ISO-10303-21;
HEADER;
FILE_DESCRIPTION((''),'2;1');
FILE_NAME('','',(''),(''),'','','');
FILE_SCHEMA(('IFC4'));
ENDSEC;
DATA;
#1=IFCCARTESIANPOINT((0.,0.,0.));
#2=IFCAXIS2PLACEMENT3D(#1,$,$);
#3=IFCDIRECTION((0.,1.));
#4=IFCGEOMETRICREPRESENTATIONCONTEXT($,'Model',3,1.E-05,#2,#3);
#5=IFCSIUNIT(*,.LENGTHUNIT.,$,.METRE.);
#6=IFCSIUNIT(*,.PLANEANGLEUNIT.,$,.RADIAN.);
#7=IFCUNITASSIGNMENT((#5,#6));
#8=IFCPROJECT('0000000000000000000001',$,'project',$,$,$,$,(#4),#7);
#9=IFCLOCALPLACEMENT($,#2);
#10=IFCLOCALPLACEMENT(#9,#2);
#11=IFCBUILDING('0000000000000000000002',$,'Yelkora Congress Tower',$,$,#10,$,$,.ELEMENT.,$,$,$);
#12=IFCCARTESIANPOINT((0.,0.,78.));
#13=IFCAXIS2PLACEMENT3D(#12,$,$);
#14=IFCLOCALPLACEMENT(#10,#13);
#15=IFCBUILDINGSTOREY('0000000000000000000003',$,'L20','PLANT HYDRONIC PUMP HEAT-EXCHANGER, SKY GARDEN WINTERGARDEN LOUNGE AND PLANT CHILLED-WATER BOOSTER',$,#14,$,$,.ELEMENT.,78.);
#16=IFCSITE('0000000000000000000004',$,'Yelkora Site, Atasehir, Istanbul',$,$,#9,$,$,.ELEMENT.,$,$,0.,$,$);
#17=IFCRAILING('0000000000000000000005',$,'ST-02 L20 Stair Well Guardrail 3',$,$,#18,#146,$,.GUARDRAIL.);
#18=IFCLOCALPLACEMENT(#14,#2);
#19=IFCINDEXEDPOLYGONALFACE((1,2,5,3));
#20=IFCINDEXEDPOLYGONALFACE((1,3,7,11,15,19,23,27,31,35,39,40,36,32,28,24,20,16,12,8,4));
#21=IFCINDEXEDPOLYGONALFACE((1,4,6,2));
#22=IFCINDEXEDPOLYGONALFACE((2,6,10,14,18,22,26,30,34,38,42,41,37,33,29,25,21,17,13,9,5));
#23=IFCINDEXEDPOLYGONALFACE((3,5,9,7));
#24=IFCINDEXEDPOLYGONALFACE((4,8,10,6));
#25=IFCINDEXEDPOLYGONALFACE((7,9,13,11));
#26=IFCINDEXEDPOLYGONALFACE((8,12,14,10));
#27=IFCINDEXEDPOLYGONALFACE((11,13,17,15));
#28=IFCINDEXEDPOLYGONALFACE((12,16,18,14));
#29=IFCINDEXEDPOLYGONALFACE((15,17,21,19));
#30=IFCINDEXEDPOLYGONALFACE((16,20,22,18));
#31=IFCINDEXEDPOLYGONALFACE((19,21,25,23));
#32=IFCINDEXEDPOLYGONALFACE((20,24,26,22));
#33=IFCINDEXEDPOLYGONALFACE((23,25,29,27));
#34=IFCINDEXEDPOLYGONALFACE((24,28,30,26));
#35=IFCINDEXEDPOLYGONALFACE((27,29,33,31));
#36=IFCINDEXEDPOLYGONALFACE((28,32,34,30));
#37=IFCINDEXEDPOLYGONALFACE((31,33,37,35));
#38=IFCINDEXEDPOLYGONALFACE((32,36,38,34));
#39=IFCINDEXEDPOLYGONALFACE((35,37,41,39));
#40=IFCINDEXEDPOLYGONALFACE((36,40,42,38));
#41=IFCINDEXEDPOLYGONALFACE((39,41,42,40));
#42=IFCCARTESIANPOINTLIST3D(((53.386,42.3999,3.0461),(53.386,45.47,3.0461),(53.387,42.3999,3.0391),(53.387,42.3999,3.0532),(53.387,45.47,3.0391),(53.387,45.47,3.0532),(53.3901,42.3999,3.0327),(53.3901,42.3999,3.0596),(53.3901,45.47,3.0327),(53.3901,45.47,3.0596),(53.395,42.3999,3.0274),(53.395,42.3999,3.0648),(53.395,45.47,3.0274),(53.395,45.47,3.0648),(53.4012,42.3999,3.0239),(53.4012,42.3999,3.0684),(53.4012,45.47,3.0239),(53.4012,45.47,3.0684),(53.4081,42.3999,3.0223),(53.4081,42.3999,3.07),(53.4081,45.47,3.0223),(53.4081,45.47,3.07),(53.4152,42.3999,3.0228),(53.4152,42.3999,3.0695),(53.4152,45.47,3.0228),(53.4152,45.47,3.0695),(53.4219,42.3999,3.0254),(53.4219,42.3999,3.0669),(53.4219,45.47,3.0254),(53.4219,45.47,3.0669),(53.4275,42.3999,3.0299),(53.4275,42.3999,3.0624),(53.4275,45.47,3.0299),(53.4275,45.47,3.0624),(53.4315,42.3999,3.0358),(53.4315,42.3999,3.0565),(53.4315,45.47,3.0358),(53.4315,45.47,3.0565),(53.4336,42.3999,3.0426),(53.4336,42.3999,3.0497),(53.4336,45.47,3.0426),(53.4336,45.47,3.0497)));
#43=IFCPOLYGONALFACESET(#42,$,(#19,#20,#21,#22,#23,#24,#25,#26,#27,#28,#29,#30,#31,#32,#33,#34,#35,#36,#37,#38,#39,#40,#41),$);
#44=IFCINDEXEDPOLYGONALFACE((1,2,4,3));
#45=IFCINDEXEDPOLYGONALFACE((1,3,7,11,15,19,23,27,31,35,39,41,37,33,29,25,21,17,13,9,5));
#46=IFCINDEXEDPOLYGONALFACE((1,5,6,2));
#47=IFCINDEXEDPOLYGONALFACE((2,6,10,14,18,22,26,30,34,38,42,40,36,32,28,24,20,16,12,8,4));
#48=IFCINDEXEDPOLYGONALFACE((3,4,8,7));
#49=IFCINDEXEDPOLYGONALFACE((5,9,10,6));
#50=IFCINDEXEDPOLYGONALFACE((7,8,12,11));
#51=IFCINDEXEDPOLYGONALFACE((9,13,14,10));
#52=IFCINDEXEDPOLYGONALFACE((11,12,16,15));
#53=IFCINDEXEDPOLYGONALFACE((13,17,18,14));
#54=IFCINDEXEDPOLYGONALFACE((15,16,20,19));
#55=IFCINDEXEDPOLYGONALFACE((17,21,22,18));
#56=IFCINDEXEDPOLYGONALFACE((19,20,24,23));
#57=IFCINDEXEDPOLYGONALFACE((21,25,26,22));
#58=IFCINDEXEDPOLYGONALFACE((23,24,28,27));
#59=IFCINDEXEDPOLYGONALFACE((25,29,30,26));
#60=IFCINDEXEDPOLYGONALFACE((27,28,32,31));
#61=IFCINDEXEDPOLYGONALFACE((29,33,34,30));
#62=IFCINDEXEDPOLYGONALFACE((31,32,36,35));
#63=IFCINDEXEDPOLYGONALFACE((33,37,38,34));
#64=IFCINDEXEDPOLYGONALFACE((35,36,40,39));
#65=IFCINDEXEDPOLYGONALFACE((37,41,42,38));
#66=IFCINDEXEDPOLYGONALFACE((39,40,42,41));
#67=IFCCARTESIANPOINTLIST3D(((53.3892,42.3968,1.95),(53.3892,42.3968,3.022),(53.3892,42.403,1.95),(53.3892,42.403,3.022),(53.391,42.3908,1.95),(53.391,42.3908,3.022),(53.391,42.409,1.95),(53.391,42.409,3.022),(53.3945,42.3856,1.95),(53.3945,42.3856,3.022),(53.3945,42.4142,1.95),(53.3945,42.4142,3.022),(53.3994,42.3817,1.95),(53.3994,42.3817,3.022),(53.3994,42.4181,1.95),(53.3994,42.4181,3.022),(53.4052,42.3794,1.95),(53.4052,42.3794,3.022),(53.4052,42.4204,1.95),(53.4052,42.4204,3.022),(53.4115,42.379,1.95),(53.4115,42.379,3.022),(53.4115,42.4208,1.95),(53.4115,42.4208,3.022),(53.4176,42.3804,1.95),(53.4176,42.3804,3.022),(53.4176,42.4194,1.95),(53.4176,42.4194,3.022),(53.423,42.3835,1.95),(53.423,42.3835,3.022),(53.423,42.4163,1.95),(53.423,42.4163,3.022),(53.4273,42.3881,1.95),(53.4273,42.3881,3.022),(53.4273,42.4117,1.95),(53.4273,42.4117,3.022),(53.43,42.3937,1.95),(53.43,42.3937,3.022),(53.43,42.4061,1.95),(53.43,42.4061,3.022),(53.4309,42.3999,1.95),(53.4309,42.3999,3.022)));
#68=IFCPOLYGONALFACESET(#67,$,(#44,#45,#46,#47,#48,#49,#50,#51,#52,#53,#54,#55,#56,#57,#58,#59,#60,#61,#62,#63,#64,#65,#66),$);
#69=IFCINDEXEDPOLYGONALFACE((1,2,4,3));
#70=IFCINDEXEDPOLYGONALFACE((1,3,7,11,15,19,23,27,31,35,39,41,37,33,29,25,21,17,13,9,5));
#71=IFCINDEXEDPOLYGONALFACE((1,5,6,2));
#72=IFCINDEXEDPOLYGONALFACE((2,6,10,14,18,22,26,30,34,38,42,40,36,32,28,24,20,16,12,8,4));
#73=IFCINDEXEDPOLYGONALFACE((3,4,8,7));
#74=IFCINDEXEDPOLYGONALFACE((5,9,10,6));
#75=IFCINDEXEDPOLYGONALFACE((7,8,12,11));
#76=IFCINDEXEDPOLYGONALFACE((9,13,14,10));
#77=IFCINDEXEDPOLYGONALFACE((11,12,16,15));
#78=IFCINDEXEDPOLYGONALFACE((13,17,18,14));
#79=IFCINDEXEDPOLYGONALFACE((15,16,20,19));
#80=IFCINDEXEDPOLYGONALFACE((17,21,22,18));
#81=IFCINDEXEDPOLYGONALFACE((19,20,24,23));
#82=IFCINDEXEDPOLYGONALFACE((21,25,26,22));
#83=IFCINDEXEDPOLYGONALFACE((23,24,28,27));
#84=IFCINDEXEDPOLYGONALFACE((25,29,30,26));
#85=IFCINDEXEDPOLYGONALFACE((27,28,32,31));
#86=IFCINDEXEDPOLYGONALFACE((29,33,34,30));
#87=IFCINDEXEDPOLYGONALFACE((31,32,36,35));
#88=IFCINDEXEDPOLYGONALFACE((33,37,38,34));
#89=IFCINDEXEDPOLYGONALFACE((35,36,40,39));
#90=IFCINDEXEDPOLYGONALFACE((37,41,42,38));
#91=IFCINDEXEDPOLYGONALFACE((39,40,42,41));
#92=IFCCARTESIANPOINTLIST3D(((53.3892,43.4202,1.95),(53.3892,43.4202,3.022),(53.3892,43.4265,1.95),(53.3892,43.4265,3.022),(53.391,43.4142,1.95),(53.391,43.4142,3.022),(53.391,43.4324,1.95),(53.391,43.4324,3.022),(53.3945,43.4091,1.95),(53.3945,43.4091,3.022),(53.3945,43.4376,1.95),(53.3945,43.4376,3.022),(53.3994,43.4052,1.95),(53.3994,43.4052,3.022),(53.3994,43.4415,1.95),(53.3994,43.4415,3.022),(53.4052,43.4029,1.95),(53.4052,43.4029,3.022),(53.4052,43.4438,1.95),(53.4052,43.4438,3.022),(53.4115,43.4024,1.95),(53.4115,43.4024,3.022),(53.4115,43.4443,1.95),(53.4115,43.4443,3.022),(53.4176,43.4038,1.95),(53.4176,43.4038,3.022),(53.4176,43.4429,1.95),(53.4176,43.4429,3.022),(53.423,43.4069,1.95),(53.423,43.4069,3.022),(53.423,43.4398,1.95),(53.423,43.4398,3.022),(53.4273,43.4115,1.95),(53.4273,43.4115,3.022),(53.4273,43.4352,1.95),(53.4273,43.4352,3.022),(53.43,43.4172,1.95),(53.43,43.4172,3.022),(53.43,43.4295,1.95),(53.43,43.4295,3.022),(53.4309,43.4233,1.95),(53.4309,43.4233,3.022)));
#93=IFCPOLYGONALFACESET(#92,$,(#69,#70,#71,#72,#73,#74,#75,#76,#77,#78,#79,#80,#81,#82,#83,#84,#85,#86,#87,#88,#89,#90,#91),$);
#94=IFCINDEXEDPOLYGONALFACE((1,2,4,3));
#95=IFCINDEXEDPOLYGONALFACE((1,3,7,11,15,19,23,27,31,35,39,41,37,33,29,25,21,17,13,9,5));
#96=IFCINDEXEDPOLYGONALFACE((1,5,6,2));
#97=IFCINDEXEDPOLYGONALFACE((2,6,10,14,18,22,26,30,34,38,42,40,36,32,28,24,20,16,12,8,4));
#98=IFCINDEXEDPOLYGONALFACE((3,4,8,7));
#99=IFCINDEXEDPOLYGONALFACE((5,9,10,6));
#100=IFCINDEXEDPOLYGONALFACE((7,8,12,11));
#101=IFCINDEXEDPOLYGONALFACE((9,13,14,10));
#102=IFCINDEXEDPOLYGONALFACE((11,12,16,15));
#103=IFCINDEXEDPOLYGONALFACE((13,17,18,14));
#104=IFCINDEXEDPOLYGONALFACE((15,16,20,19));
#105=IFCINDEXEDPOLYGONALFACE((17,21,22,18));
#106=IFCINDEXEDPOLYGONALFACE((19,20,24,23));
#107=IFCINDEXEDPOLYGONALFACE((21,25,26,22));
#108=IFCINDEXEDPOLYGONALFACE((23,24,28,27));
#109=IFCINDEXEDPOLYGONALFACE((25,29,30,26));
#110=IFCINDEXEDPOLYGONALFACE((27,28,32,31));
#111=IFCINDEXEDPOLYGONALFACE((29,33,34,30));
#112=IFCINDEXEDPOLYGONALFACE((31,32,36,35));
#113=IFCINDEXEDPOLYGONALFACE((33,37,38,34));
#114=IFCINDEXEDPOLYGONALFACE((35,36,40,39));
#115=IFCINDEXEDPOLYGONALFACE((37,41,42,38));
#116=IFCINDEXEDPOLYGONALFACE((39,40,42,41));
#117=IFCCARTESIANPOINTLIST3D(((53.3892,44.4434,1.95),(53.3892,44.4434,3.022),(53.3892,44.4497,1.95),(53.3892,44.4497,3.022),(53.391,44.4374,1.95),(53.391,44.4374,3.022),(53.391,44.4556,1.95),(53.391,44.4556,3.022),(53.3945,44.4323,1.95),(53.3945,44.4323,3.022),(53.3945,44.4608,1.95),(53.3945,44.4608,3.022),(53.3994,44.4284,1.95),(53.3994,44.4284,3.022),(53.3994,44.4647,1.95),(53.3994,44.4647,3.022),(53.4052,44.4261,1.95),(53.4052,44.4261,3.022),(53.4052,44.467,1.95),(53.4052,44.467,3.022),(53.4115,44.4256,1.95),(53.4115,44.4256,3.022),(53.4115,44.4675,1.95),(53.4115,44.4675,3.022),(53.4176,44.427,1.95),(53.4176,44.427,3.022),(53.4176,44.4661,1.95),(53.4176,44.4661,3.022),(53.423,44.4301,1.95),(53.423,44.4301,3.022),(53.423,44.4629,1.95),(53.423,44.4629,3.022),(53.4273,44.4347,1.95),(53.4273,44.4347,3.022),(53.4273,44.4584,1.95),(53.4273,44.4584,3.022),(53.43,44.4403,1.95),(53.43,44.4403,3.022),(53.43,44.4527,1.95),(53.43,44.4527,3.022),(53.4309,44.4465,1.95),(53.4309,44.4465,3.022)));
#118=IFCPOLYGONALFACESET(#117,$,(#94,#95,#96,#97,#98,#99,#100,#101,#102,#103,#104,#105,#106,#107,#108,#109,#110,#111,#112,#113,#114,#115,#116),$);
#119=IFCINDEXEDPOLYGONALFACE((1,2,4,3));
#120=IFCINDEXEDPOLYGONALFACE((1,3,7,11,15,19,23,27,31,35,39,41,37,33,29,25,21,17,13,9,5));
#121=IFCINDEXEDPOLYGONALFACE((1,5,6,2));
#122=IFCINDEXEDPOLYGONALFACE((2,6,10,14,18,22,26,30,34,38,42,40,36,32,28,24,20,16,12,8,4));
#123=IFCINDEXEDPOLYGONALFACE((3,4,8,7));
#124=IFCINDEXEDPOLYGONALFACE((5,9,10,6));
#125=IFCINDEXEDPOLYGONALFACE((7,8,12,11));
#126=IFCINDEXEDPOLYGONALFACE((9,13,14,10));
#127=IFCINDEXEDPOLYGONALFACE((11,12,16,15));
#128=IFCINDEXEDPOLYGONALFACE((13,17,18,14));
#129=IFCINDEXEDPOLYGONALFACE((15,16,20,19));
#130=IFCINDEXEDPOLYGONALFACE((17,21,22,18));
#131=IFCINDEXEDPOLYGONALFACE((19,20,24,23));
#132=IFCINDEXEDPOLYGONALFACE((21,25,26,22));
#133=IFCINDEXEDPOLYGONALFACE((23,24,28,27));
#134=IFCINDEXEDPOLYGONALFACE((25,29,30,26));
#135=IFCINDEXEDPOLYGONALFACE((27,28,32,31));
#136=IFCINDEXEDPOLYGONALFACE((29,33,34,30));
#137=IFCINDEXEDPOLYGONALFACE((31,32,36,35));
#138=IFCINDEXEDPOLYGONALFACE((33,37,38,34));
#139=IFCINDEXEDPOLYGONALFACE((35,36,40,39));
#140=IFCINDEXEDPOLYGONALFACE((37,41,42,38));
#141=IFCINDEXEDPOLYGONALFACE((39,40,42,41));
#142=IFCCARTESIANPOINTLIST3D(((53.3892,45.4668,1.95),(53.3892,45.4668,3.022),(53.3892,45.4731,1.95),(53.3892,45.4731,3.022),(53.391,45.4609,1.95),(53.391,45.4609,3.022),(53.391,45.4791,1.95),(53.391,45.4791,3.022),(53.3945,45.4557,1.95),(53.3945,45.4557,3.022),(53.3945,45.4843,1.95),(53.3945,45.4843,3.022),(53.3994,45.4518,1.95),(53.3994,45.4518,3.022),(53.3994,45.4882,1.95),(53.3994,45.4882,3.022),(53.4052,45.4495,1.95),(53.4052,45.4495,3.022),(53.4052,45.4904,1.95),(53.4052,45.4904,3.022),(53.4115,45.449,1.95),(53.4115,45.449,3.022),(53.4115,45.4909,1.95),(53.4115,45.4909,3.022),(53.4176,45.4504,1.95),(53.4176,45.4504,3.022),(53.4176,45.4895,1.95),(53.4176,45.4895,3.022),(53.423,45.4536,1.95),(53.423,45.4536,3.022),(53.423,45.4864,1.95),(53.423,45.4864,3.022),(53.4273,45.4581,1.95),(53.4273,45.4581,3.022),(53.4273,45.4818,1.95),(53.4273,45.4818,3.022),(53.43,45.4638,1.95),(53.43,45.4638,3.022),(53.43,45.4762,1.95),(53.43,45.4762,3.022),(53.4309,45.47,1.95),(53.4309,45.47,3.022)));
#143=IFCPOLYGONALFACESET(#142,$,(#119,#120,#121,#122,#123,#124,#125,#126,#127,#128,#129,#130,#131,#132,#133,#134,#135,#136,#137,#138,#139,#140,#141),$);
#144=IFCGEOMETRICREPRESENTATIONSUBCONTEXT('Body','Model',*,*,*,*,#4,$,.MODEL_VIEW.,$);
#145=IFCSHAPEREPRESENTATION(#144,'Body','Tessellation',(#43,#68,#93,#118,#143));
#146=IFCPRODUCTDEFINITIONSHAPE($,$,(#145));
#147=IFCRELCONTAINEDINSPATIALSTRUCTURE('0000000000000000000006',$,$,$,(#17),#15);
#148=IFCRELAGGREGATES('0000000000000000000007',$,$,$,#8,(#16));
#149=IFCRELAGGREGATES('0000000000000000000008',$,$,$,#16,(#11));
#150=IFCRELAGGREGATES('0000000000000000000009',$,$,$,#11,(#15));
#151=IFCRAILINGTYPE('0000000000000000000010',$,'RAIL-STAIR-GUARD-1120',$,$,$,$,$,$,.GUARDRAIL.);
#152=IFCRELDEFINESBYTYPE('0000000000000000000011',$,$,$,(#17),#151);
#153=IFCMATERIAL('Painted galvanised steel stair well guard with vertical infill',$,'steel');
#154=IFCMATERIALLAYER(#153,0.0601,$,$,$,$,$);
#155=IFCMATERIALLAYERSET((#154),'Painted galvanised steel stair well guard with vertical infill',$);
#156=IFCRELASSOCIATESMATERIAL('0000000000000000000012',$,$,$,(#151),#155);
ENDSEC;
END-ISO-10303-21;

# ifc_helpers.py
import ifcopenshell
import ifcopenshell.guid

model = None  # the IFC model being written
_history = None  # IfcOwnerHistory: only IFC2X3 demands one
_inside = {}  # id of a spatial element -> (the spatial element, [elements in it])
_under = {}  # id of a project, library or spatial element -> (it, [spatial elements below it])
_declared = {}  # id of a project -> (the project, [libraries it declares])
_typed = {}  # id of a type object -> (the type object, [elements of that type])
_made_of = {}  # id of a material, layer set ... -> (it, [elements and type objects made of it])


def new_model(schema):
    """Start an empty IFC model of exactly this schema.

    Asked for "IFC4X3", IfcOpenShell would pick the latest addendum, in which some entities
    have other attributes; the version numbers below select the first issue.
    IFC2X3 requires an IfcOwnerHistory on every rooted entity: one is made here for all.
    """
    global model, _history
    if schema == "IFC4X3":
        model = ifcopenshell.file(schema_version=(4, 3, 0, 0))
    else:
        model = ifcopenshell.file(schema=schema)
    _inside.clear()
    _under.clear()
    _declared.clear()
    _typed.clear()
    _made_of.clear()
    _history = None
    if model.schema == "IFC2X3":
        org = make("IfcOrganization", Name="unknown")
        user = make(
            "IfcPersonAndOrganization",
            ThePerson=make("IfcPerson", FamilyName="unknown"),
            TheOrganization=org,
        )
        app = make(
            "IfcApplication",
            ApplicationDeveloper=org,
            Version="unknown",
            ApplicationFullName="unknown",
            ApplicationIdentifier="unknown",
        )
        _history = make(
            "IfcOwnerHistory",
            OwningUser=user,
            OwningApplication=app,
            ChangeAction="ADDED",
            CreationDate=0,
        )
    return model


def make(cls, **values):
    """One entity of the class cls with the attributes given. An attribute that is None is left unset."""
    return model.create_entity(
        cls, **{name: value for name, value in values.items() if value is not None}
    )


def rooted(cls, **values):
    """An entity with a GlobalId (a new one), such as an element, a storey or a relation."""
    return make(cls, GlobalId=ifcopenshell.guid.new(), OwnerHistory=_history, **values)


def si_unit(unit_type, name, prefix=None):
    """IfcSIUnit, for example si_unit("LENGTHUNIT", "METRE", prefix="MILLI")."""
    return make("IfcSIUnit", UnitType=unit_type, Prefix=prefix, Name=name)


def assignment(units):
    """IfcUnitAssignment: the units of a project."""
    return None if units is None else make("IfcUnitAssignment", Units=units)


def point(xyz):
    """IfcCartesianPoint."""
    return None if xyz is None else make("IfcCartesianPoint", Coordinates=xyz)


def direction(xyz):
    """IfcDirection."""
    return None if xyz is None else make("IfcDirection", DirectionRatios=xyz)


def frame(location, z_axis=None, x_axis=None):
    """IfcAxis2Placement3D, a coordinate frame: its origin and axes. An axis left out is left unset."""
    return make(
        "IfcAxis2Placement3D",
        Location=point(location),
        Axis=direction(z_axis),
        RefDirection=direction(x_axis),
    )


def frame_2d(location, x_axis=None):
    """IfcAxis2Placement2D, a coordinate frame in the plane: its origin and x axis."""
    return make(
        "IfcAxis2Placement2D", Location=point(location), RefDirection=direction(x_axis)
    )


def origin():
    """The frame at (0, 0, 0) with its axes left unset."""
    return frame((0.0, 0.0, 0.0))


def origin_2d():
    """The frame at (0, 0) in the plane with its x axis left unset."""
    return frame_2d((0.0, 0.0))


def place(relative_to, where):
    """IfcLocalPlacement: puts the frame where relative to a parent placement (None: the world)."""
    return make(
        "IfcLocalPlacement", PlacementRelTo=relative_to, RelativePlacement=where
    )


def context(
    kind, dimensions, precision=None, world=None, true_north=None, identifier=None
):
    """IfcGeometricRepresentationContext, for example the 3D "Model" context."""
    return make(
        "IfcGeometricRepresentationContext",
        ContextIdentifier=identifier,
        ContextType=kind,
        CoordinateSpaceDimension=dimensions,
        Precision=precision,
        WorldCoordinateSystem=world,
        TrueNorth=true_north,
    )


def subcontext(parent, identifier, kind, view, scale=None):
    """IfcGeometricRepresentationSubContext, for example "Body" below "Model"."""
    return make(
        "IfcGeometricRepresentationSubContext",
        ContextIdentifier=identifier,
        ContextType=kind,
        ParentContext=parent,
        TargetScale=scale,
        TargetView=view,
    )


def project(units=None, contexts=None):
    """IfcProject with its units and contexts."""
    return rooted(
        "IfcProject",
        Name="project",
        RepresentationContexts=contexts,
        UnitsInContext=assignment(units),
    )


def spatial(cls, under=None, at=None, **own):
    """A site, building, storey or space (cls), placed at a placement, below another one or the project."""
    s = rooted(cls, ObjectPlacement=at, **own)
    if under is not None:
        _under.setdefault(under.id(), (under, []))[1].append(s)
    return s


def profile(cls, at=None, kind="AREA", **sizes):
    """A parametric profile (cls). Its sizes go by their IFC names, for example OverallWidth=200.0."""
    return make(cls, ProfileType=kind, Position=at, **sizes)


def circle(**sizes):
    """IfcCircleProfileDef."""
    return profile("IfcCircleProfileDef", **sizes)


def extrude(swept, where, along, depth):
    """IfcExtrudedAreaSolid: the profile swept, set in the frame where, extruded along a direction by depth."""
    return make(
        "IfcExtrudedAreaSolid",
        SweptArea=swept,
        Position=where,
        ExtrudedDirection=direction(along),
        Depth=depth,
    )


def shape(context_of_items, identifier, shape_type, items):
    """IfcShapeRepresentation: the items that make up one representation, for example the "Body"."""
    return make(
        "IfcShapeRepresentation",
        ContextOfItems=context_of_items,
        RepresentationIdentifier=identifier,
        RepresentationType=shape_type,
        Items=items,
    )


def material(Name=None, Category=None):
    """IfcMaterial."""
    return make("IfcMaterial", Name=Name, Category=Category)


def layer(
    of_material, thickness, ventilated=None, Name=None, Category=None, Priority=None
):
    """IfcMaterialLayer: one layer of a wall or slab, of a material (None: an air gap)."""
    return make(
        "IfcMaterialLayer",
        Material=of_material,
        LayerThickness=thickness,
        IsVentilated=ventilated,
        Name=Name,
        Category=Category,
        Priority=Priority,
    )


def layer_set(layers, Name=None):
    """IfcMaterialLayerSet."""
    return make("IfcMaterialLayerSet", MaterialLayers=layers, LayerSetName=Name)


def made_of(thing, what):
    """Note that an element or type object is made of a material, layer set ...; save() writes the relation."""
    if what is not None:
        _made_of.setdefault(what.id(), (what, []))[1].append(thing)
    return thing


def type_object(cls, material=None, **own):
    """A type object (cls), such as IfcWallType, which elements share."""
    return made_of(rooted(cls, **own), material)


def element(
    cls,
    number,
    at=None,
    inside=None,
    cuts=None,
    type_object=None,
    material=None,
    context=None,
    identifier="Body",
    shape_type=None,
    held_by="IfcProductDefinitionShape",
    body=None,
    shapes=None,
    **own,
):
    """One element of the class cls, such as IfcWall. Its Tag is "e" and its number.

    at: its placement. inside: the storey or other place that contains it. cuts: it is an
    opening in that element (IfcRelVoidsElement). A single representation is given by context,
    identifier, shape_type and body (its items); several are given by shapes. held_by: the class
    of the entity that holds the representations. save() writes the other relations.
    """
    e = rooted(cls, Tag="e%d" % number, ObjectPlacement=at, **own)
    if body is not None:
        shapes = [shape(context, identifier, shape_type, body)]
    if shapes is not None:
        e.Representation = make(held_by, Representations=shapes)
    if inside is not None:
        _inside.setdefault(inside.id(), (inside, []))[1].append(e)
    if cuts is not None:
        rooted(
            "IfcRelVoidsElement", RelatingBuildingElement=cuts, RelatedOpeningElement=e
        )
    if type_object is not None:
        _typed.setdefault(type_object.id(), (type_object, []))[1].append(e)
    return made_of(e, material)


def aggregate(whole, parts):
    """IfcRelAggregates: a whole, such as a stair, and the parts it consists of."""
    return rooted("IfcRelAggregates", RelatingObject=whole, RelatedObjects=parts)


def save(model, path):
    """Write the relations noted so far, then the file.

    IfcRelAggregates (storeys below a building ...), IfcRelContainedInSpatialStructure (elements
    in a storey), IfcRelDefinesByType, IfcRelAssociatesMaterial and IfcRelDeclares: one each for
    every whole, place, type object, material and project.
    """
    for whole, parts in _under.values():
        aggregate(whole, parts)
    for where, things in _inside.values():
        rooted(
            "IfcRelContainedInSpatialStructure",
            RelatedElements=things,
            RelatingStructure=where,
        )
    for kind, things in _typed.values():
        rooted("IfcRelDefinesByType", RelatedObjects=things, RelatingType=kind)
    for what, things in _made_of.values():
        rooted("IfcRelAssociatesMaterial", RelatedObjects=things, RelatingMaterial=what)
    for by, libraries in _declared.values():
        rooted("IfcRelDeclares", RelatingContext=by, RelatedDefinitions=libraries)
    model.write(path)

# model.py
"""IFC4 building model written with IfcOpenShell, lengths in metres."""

from ifc_helpers import new_model, si_unit, direction, frame, origin, origin_2d, place, context, subcontext, project, spatial, circle, extrude, material, layer, layer_set, type_object, element, save


model = new_model("IFC4")

# Units and contexts
model_context = context("Model", 3, precision=1e-05, world=origin(), true_north=direction((0.0, 1.0)))
body_context = subcontext(model_context, "Body", "Model", "MODEL_VIEW")
ifc_project = project(units=[si_unit("LENGTHUNIT", "METRE"), si_unit("PLANEANGLEUNIT", "RADIAN")], contexts=[model_context])

# Site, building, storey
site_placement = place(None, origin())
site = spatial("IfcSite", under=ifc_project, at=site_placement, Name="Yelkora Site, Atasehir, Istanbul", CompositionType="ELEMENT", RefElevation=0.0)
building_placement = place(site_placement, origin())
building = spatial("IfcBuilding", under=site, at=building_placement, Name="Yelkora Congress Tower", CompositionType="ELEMENT")
storey_placement = place(building_placement, frame((0.0, 0.0, 78.0)))
storey = spatial("IfcBuildingStorey", under=building, at=storey_placement, Name="L20", Description="PLANT HYDRONIC PUMP HEAT-EXCHANGER, SKY GARDEN WINTERGARDEN LOUNGE AND PLANT CHILLED-WATER BOOSTER", CompositionType="ELEMENT", Elevation=78.0)

# Railing
ifc_material_1 = material(Name="Painted galvanised steel stair well guard with vertical infill", Category="steel")
ifc_layer_1 = layer(ifc_material_1, 0.0601)
ifc_layer_set_1 = layer_set([ifc_layer_1], Name="Painted galvanised steel stair well guard with vertical infill")
railing_type_1 = type_object("IfcRailingType", Name="RAIL-STAIR-GUARD-1120", PredefinedType="GUARDRAIL", material=ifc_layer_set_1)
for number, where, name in (
    (1, (53.4099, 42.3999, 1.95), "ST-02 L20 Stair Well Guardrail 3"),
):
    element("IfcRailing", number, at=place(storey_placement, frame(where)), inside=storey, type_object=railing_type_1, Name=name, PredefinedType="GUARDRAIL", context=body_context, shape_type="SweptSolid", body=[
        extrude(circle(Radius=0.0239, at=origin_2d()), frame((0.0, 0.0, 1.0962), z_axis=(0.0, 1.0, 0.0), x_axis=(-1.0, 0.0, 0.0)), (0.0, 0.0, 1.0), 3.0701),
        extrude(circle(Radius=0.021, at=origin_2d()), origin(), (0.0, 0.0, 1.0), 1.072),
        extrude(circle(Radius=0.021, at=origin_2d()), frame((0.0, 1.0234, 0.0)), (0.0, 0.0, 1.0), 1.072),
        extrude(circle(Radius=0.021, at=origin_2d()), frame((0.0, 2.0466, 0.0)), (0.0, 0.0, 1.0), 1.072),
        extrude(circle(Radius=0.021, at=origin_2d()), frame((0.0, 3.0701, 0.0)), (0.0, 0.0, 1.0), 1.072),
    ])

save(model, "model.ifc")
